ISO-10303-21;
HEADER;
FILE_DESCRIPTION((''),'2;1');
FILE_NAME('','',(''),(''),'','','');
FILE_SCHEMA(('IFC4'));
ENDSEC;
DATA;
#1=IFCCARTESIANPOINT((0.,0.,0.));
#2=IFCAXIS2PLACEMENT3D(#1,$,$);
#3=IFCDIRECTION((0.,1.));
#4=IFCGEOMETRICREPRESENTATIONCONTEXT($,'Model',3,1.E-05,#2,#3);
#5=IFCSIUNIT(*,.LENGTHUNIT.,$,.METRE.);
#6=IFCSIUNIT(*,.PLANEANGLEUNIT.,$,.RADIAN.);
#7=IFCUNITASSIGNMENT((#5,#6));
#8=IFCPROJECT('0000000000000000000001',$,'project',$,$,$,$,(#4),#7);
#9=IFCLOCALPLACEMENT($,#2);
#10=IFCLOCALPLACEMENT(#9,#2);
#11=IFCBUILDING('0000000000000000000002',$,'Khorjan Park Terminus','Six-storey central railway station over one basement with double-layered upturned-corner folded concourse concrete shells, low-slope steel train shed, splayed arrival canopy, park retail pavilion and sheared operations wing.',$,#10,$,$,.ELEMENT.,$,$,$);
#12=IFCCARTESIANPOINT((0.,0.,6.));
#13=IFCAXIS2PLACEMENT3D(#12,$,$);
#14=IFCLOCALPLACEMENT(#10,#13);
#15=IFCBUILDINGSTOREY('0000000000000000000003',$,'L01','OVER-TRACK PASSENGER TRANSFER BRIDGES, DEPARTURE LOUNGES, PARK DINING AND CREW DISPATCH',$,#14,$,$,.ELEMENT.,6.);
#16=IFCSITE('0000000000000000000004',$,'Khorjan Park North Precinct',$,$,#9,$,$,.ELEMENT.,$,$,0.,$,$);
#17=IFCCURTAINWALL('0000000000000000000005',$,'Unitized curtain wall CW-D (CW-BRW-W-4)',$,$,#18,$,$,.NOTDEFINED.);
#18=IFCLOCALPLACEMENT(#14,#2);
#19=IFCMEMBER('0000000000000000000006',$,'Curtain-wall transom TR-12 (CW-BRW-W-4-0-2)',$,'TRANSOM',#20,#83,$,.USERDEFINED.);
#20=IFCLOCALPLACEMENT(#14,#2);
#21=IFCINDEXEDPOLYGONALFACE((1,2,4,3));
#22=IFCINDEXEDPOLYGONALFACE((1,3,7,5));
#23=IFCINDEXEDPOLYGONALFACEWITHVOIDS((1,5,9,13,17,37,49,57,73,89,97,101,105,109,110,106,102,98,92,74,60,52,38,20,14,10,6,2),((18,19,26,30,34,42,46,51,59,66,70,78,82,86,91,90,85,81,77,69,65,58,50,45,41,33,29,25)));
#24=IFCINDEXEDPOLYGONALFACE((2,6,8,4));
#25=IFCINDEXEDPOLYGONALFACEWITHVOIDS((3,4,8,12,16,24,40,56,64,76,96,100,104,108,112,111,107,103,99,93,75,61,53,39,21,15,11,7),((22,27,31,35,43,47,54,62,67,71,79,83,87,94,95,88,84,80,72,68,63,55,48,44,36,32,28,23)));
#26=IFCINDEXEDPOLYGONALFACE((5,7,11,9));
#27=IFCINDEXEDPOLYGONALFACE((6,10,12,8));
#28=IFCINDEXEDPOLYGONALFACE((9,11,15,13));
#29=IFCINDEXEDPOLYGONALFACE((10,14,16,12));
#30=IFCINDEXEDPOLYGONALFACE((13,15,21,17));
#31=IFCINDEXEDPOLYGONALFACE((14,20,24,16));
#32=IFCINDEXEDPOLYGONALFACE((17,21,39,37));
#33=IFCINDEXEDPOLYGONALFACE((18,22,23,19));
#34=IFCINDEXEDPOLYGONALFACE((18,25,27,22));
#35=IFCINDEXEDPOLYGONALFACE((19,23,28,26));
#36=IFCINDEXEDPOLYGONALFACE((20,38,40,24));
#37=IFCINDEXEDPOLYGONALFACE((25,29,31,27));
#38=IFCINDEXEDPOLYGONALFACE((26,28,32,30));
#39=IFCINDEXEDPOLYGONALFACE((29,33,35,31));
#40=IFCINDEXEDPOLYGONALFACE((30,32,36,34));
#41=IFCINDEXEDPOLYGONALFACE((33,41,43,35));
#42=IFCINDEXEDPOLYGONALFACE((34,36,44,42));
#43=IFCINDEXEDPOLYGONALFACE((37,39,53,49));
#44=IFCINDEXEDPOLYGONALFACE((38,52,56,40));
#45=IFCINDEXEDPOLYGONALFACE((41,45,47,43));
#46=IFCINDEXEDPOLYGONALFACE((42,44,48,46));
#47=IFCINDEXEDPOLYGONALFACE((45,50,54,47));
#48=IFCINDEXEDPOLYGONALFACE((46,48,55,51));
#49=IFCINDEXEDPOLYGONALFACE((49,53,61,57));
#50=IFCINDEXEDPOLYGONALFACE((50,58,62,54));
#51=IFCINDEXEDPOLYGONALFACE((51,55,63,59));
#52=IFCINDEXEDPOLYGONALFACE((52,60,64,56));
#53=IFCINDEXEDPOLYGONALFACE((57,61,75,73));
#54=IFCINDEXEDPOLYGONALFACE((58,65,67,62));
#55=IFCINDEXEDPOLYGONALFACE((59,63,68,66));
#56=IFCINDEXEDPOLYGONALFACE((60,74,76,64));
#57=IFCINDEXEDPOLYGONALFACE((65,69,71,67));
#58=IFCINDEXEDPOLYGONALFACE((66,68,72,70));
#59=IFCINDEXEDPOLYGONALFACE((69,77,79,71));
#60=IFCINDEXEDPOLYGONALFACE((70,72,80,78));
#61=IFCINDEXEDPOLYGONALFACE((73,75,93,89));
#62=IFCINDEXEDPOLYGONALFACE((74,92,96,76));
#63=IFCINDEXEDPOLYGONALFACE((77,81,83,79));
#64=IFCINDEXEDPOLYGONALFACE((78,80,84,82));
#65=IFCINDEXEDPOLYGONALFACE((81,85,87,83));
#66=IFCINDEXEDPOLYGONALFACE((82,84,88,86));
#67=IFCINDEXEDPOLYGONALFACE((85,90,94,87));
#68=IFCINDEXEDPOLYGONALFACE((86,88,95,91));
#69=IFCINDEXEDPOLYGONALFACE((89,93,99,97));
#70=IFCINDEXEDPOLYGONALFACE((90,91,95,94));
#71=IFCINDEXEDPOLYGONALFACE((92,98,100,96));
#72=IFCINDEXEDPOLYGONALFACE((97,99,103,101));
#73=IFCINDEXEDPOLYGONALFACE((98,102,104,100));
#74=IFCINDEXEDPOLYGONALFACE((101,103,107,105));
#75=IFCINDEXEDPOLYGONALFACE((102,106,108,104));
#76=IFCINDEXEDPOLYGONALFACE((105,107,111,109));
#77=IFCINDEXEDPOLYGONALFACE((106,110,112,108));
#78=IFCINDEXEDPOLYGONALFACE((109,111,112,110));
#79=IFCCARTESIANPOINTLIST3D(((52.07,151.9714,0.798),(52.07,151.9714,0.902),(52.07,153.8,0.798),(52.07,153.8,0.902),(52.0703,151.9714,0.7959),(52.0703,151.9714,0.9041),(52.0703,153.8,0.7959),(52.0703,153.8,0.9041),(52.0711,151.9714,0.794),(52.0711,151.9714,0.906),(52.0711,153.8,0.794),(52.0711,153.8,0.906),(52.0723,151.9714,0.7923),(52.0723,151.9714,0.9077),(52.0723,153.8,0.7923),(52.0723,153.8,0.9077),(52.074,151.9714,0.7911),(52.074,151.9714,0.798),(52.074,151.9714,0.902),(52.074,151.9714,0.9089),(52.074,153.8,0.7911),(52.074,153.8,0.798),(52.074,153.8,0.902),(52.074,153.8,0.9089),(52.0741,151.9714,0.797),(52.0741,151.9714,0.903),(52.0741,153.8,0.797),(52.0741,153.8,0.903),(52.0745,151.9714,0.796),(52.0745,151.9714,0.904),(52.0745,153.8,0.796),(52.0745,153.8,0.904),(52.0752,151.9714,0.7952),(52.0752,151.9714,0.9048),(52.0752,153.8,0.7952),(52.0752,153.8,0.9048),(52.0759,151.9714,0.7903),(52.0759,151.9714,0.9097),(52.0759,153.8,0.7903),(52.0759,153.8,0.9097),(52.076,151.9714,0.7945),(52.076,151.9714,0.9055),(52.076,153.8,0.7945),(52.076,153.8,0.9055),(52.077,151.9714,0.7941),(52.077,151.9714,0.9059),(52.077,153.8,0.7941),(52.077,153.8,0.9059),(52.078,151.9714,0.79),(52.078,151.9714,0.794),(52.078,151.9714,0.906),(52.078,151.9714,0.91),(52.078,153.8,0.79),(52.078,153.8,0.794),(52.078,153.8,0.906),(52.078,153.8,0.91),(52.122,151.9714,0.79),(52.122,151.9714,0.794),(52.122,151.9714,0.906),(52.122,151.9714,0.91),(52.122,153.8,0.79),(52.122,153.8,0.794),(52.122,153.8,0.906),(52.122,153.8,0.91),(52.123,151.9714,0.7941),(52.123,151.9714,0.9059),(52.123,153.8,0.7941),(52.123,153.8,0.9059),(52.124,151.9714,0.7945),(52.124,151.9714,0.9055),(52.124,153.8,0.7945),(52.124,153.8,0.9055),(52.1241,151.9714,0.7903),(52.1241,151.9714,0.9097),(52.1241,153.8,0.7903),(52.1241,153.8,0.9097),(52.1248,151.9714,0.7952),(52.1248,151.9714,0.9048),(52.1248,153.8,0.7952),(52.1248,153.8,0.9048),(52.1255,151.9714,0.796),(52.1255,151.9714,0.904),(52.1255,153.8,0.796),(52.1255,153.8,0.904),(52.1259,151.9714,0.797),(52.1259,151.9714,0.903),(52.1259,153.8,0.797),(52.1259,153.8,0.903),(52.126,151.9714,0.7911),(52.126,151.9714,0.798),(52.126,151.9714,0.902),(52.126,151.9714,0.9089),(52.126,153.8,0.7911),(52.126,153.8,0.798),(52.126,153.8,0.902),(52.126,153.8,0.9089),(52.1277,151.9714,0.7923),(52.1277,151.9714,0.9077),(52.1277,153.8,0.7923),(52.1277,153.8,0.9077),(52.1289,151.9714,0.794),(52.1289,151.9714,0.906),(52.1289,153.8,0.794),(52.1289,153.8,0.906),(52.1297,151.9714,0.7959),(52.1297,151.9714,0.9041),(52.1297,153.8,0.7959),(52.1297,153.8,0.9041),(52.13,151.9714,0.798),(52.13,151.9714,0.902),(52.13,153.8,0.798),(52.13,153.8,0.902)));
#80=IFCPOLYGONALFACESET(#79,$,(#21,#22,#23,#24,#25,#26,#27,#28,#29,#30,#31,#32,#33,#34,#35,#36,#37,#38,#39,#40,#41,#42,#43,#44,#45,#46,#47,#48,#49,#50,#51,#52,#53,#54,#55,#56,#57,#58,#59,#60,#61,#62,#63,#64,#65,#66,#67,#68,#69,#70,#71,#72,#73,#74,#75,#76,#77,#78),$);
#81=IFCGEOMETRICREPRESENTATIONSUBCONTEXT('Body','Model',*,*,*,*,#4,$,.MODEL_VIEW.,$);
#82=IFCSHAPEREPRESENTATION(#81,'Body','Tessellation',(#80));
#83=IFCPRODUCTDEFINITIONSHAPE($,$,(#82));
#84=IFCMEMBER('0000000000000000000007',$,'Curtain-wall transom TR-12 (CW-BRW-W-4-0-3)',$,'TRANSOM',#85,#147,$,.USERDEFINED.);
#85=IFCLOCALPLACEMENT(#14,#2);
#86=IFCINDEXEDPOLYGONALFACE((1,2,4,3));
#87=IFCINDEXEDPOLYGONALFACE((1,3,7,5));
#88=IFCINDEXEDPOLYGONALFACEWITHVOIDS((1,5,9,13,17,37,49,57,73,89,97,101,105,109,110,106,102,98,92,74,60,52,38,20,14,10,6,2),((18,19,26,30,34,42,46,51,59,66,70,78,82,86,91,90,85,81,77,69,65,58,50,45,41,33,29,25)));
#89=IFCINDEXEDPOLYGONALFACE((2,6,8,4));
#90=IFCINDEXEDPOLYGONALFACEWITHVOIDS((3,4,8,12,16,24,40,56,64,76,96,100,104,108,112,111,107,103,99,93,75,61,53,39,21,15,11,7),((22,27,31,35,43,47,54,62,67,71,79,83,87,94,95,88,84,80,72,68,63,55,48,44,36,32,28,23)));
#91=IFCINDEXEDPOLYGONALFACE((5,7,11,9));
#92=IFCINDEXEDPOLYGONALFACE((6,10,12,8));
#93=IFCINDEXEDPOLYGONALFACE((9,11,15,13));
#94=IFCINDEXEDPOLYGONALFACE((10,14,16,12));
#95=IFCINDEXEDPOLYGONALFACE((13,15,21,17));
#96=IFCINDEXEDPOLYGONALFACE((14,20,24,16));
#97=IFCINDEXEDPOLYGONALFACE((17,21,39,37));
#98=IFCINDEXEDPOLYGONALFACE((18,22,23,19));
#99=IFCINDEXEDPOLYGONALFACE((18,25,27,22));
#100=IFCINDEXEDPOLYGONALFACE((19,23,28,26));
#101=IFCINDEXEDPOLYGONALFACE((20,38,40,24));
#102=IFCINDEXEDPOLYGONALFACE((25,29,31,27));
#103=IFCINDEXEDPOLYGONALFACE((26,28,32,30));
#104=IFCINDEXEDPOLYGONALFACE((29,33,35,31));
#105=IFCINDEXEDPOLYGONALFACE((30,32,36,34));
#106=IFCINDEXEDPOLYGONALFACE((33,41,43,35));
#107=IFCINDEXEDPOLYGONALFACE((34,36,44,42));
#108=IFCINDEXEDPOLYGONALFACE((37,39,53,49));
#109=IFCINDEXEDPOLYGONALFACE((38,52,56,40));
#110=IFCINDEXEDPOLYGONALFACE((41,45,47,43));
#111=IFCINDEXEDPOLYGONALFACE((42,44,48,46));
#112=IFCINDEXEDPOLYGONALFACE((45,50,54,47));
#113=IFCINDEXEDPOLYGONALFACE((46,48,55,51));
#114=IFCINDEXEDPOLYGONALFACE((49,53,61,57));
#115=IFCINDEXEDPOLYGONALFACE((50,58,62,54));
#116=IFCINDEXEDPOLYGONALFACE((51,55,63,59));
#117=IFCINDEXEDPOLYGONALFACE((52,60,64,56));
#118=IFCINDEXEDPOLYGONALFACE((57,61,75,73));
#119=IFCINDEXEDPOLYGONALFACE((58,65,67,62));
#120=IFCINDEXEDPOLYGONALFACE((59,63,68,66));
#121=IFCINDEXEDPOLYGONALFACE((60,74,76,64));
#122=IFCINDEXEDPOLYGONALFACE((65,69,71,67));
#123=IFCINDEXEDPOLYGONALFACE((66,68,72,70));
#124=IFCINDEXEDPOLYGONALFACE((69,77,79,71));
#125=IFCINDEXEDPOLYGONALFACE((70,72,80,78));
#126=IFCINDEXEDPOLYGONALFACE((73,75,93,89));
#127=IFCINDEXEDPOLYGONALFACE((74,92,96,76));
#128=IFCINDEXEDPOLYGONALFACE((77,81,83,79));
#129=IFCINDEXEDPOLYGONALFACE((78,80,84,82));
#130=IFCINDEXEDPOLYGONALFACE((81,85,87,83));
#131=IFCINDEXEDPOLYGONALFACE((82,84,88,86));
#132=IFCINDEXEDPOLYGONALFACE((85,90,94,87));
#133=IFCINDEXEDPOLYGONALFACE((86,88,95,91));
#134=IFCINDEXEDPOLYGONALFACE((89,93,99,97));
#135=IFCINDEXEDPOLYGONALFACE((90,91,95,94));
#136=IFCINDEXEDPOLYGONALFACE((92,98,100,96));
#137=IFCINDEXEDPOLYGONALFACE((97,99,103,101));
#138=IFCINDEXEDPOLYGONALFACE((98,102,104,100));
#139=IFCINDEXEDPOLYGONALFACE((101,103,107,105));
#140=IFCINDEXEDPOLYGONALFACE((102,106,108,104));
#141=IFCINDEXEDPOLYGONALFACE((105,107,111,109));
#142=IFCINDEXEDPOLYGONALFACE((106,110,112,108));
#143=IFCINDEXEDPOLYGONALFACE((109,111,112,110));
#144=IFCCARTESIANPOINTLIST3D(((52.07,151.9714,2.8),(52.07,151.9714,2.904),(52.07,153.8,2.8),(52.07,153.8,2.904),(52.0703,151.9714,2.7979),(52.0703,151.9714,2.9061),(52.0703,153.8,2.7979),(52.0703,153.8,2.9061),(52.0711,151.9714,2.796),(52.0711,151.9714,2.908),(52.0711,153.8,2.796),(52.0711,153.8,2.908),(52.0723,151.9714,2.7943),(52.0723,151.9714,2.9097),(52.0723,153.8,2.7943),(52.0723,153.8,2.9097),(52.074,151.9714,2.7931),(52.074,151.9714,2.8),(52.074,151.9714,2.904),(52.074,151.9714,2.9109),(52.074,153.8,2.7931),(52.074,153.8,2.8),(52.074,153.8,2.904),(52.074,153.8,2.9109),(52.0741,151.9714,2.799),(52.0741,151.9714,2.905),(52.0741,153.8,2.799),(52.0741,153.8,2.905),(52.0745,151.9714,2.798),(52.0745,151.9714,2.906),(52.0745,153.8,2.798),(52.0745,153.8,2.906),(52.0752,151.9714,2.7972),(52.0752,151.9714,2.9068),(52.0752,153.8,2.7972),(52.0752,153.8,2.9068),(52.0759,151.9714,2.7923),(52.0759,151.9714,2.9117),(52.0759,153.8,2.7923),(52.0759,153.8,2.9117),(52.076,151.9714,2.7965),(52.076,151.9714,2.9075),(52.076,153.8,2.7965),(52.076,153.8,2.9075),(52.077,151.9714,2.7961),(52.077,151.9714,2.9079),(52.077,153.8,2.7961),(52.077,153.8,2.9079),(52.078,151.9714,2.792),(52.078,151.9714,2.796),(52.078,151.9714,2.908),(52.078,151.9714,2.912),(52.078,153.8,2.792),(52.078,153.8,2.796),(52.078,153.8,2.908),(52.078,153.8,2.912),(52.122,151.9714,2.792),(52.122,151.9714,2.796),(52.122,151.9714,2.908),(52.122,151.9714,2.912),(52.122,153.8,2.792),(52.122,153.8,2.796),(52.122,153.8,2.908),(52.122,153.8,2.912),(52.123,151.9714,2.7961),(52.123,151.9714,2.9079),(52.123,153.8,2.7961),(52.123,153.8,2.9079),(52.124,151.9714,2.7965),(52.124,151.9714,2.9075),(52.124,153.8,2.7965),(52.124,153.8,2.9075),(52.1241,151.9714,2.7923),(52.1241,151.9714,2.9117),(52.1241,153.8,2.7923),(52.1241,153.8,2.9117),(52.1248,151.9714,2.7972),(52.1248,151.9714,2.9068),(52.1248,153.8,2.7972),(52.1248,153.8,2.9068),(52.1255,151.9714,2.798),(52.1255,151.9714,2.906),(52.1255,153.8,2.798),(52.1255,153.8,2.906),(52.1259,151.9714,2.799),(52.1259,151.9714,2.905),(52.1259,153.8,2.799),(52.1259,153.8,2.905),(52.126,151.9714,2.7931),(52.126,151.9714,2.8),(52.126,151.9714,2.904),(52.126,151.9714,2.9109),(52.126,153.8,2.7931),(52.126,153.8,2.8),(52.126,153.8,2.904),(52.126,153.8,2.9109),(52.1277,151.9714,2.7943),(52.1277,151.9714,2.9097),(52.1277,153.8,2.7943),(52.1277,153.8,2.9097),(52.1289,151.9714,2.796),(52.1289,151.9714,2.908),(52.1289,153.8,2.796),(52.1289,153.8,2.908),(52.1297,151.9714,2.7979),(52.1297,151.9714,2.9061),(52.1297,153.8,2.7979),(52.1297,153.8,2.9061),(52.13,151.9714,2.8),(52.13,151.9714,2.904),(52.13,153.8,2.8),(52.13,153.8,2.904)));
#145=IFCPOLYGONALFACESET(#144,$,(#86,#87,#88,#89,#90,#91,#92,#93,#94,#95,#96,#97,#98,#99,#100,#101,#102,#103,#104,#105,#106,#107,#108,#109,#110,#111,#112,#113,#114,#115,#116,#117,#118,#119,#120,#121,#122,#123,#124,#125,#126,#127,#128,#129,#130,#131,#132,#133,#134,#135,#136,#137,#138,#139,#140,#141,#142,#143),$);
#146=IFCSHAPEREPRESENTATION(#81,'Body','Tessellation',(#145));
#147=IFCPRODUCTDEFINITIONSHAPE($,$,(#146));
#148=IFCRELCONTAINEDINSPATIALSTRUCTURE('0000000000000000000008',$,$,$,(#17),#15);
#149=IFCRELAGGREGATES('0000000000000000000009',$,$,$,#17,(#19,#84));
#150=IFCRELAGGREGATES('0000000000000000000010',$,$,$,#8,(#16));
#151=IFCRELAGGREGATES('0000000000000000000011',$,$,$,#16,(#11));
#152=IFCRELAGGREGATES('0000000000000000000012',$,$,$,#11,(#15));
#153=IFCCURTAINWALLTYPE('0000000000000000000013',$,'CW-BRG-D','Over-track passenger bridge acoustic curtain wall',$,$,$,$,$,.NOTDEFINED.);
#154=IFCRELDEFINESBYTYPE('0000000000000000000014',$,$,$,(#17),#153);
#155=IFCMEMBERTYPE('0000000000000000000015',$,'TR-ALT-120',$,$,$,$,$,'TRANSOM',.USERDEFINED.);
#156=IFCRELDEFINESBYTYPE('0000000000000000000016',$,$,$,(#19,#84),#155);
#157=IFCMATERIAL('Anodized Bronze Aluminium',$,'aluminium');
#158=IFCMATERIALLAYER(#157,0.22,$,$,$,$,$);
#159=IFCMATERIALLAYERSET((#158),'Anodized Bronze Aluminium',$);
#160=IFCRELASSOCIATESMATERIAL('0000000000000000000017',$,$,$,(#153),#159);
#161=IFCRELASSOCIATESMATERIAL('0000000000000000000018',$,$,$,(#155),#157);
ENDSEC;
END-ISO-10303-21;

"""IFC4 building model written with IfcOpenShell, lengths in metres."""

from ifc_helpers import new_model, si_unit, direction, frame, origin, origin_2d, place, context, subcontext, project, spatial, hollow_rectangle, extrude, material, layer, layer_set, material_profile, profile_set, type_object, element, aggregate, save


model = new_model("IFC4")

# Units and contexts
model_context = context("Model", 3, precision=1e-05, world=origin(), true_north=direction((0.0, 1.0)))
body_context = subcontext(model_context, "Body", "Model", "MODEL_VIEW")
ifc_project = project(units=[si_unit("LENGTHUNIT", "METRE"), si_unit("PLANEANGLEUNIT", "RADIAN")], contexts=[model_context])

# Site, building, storey
site_placement = place(None, origin())
site = spatial("IfcSite", under=ifc_project, at=site_placement, Name="Khorjan Park North Precinct", CompositionType="ELEMENT", RefElevation=0.0)
building_placement = place(site_placement, origin())
building = spatial("IfcBuilding", under=site, at=building_placement, Name="Khorjan Park Terminus", Description="Six-storey central railway station over one basement with double-layered upturned-corner folded concourse concrete shells, low-slope steel train shed, splayed arrival canopy, park retail pavilion and sheared operations wing.", CompositionType="ELEMENT")
storey_placement = place(building_placement, frame((0.0, 0.0, 6.0)))
storey = spatial("IfcBuildingStorey", under=building, at=storey_placement, Name="L01", Description="OVER-TRACK PASSENGER TRANSFER BRIDGES, DEPARTURE LOUNGES, PARK DINING AND CREW DISPATCH", CompositionType="ELEMENT", Elevation=6.0)

# Curtain wall, members
ifc_material_1 = material(Name="Anodized Bronze Aluminium", Category="aluminium")
ifc_layer_1 = layer(ifc_material_1, 0.22)
ifc_layer_set_1 = layer_set([ifc_layer_1], Name="Anodized Bronze Aluminium")
curtain_wall_type = type_object("IfcCurtainWallType", Name="CW-BRG-D", Description="Over-track passenger bridge acoustic curtain wall", PredefinedType="NOTDEFINED", material=ifc_layer_set_1)
curtain_wall_1_placement = place(storey_placement, origin())
curtain_wall_1 = element("IfcCurtainWall", 1, at=curtain_wall_1_placement, inside=storey, type_object=curtain_wall_type, Name="Unitized curtain wall CW-D (CW-BRW-W-4)", PredefinedType="NOTDEFINED")
ifc_material_profile_1 = material_profile(ifc_material_1, hollow_rectangle(XDim=0.06, YDim=0.12, WallThickness=0.004, InnerFilletRadius=0.004, OuterFilletRadius=0.008, at=origin_2d()), Name="ALT 60x120x4")
ifc_profile_set_1 = profile_set([ifc_material_profile_1], Name="Anodized Bronze Aluminium")
member_type_1 = type_object("IfcMemberType", Name="TR-ALT-120", ElementType="TRANSOM", PredefinedType="USERDEFINED", material=ifc_profile_set_1)
member_1_placement = place(storey_placement, frame((52.1, 153.8, 0.85), z_axis=(0.0, -1.0, 0.0), x_axis=(1.0, 0.0, 0.0)))
member_1 = element("IfcMember", 2, at=member_1_placement, type_object=member_type_1, Name="Curtain-wall transom TR-12 (CW-BRW-W-4-0-2)", ObjectType="TRANSOM", PredefinedType="USERDEFINED", context=body_context, shape_type="SweptSolid", body=[
    extrude(hollow_rectangle(XDim=0.06, YDim=0.12, WallThickness=0.004, InnerFilletRadius=0.004, OuterFilletRadius=0.008, at=origin_2d()), origin(), (0.0, 0.0, 1.0), 1.8286),
])
member_2_placement = place(storey_placement, frame((52.1, 153.8, 2.852), z_axis=(0.0, -1.0, 0.0), x_axis=(1.0, 0.0, 0.0)))
member_2 = element("IfcMember", 3, at=member_2_placement, type_object=member_type_1, Name="Curtain-wall transom TR-12 (CW-BRW-W-4-0-3)", ObjectType="TRANSOM", PredefinedType="USERDEFINED", context=body_context, shape_type="SweptSolid", body=[
    extrude(hollow_rectangle(XDim=0.06, YDim=0.12, WallThickness=0.004, InnerFilletRadius=0.004, OuterFilletRadius=0.008, at=origin_2d()), origin(), (0.0, 0.0, 1.0), 1.8286),
])
aggregate(curtain_wall_1, [member_1, member_2])

save(model, "model.ifc")
